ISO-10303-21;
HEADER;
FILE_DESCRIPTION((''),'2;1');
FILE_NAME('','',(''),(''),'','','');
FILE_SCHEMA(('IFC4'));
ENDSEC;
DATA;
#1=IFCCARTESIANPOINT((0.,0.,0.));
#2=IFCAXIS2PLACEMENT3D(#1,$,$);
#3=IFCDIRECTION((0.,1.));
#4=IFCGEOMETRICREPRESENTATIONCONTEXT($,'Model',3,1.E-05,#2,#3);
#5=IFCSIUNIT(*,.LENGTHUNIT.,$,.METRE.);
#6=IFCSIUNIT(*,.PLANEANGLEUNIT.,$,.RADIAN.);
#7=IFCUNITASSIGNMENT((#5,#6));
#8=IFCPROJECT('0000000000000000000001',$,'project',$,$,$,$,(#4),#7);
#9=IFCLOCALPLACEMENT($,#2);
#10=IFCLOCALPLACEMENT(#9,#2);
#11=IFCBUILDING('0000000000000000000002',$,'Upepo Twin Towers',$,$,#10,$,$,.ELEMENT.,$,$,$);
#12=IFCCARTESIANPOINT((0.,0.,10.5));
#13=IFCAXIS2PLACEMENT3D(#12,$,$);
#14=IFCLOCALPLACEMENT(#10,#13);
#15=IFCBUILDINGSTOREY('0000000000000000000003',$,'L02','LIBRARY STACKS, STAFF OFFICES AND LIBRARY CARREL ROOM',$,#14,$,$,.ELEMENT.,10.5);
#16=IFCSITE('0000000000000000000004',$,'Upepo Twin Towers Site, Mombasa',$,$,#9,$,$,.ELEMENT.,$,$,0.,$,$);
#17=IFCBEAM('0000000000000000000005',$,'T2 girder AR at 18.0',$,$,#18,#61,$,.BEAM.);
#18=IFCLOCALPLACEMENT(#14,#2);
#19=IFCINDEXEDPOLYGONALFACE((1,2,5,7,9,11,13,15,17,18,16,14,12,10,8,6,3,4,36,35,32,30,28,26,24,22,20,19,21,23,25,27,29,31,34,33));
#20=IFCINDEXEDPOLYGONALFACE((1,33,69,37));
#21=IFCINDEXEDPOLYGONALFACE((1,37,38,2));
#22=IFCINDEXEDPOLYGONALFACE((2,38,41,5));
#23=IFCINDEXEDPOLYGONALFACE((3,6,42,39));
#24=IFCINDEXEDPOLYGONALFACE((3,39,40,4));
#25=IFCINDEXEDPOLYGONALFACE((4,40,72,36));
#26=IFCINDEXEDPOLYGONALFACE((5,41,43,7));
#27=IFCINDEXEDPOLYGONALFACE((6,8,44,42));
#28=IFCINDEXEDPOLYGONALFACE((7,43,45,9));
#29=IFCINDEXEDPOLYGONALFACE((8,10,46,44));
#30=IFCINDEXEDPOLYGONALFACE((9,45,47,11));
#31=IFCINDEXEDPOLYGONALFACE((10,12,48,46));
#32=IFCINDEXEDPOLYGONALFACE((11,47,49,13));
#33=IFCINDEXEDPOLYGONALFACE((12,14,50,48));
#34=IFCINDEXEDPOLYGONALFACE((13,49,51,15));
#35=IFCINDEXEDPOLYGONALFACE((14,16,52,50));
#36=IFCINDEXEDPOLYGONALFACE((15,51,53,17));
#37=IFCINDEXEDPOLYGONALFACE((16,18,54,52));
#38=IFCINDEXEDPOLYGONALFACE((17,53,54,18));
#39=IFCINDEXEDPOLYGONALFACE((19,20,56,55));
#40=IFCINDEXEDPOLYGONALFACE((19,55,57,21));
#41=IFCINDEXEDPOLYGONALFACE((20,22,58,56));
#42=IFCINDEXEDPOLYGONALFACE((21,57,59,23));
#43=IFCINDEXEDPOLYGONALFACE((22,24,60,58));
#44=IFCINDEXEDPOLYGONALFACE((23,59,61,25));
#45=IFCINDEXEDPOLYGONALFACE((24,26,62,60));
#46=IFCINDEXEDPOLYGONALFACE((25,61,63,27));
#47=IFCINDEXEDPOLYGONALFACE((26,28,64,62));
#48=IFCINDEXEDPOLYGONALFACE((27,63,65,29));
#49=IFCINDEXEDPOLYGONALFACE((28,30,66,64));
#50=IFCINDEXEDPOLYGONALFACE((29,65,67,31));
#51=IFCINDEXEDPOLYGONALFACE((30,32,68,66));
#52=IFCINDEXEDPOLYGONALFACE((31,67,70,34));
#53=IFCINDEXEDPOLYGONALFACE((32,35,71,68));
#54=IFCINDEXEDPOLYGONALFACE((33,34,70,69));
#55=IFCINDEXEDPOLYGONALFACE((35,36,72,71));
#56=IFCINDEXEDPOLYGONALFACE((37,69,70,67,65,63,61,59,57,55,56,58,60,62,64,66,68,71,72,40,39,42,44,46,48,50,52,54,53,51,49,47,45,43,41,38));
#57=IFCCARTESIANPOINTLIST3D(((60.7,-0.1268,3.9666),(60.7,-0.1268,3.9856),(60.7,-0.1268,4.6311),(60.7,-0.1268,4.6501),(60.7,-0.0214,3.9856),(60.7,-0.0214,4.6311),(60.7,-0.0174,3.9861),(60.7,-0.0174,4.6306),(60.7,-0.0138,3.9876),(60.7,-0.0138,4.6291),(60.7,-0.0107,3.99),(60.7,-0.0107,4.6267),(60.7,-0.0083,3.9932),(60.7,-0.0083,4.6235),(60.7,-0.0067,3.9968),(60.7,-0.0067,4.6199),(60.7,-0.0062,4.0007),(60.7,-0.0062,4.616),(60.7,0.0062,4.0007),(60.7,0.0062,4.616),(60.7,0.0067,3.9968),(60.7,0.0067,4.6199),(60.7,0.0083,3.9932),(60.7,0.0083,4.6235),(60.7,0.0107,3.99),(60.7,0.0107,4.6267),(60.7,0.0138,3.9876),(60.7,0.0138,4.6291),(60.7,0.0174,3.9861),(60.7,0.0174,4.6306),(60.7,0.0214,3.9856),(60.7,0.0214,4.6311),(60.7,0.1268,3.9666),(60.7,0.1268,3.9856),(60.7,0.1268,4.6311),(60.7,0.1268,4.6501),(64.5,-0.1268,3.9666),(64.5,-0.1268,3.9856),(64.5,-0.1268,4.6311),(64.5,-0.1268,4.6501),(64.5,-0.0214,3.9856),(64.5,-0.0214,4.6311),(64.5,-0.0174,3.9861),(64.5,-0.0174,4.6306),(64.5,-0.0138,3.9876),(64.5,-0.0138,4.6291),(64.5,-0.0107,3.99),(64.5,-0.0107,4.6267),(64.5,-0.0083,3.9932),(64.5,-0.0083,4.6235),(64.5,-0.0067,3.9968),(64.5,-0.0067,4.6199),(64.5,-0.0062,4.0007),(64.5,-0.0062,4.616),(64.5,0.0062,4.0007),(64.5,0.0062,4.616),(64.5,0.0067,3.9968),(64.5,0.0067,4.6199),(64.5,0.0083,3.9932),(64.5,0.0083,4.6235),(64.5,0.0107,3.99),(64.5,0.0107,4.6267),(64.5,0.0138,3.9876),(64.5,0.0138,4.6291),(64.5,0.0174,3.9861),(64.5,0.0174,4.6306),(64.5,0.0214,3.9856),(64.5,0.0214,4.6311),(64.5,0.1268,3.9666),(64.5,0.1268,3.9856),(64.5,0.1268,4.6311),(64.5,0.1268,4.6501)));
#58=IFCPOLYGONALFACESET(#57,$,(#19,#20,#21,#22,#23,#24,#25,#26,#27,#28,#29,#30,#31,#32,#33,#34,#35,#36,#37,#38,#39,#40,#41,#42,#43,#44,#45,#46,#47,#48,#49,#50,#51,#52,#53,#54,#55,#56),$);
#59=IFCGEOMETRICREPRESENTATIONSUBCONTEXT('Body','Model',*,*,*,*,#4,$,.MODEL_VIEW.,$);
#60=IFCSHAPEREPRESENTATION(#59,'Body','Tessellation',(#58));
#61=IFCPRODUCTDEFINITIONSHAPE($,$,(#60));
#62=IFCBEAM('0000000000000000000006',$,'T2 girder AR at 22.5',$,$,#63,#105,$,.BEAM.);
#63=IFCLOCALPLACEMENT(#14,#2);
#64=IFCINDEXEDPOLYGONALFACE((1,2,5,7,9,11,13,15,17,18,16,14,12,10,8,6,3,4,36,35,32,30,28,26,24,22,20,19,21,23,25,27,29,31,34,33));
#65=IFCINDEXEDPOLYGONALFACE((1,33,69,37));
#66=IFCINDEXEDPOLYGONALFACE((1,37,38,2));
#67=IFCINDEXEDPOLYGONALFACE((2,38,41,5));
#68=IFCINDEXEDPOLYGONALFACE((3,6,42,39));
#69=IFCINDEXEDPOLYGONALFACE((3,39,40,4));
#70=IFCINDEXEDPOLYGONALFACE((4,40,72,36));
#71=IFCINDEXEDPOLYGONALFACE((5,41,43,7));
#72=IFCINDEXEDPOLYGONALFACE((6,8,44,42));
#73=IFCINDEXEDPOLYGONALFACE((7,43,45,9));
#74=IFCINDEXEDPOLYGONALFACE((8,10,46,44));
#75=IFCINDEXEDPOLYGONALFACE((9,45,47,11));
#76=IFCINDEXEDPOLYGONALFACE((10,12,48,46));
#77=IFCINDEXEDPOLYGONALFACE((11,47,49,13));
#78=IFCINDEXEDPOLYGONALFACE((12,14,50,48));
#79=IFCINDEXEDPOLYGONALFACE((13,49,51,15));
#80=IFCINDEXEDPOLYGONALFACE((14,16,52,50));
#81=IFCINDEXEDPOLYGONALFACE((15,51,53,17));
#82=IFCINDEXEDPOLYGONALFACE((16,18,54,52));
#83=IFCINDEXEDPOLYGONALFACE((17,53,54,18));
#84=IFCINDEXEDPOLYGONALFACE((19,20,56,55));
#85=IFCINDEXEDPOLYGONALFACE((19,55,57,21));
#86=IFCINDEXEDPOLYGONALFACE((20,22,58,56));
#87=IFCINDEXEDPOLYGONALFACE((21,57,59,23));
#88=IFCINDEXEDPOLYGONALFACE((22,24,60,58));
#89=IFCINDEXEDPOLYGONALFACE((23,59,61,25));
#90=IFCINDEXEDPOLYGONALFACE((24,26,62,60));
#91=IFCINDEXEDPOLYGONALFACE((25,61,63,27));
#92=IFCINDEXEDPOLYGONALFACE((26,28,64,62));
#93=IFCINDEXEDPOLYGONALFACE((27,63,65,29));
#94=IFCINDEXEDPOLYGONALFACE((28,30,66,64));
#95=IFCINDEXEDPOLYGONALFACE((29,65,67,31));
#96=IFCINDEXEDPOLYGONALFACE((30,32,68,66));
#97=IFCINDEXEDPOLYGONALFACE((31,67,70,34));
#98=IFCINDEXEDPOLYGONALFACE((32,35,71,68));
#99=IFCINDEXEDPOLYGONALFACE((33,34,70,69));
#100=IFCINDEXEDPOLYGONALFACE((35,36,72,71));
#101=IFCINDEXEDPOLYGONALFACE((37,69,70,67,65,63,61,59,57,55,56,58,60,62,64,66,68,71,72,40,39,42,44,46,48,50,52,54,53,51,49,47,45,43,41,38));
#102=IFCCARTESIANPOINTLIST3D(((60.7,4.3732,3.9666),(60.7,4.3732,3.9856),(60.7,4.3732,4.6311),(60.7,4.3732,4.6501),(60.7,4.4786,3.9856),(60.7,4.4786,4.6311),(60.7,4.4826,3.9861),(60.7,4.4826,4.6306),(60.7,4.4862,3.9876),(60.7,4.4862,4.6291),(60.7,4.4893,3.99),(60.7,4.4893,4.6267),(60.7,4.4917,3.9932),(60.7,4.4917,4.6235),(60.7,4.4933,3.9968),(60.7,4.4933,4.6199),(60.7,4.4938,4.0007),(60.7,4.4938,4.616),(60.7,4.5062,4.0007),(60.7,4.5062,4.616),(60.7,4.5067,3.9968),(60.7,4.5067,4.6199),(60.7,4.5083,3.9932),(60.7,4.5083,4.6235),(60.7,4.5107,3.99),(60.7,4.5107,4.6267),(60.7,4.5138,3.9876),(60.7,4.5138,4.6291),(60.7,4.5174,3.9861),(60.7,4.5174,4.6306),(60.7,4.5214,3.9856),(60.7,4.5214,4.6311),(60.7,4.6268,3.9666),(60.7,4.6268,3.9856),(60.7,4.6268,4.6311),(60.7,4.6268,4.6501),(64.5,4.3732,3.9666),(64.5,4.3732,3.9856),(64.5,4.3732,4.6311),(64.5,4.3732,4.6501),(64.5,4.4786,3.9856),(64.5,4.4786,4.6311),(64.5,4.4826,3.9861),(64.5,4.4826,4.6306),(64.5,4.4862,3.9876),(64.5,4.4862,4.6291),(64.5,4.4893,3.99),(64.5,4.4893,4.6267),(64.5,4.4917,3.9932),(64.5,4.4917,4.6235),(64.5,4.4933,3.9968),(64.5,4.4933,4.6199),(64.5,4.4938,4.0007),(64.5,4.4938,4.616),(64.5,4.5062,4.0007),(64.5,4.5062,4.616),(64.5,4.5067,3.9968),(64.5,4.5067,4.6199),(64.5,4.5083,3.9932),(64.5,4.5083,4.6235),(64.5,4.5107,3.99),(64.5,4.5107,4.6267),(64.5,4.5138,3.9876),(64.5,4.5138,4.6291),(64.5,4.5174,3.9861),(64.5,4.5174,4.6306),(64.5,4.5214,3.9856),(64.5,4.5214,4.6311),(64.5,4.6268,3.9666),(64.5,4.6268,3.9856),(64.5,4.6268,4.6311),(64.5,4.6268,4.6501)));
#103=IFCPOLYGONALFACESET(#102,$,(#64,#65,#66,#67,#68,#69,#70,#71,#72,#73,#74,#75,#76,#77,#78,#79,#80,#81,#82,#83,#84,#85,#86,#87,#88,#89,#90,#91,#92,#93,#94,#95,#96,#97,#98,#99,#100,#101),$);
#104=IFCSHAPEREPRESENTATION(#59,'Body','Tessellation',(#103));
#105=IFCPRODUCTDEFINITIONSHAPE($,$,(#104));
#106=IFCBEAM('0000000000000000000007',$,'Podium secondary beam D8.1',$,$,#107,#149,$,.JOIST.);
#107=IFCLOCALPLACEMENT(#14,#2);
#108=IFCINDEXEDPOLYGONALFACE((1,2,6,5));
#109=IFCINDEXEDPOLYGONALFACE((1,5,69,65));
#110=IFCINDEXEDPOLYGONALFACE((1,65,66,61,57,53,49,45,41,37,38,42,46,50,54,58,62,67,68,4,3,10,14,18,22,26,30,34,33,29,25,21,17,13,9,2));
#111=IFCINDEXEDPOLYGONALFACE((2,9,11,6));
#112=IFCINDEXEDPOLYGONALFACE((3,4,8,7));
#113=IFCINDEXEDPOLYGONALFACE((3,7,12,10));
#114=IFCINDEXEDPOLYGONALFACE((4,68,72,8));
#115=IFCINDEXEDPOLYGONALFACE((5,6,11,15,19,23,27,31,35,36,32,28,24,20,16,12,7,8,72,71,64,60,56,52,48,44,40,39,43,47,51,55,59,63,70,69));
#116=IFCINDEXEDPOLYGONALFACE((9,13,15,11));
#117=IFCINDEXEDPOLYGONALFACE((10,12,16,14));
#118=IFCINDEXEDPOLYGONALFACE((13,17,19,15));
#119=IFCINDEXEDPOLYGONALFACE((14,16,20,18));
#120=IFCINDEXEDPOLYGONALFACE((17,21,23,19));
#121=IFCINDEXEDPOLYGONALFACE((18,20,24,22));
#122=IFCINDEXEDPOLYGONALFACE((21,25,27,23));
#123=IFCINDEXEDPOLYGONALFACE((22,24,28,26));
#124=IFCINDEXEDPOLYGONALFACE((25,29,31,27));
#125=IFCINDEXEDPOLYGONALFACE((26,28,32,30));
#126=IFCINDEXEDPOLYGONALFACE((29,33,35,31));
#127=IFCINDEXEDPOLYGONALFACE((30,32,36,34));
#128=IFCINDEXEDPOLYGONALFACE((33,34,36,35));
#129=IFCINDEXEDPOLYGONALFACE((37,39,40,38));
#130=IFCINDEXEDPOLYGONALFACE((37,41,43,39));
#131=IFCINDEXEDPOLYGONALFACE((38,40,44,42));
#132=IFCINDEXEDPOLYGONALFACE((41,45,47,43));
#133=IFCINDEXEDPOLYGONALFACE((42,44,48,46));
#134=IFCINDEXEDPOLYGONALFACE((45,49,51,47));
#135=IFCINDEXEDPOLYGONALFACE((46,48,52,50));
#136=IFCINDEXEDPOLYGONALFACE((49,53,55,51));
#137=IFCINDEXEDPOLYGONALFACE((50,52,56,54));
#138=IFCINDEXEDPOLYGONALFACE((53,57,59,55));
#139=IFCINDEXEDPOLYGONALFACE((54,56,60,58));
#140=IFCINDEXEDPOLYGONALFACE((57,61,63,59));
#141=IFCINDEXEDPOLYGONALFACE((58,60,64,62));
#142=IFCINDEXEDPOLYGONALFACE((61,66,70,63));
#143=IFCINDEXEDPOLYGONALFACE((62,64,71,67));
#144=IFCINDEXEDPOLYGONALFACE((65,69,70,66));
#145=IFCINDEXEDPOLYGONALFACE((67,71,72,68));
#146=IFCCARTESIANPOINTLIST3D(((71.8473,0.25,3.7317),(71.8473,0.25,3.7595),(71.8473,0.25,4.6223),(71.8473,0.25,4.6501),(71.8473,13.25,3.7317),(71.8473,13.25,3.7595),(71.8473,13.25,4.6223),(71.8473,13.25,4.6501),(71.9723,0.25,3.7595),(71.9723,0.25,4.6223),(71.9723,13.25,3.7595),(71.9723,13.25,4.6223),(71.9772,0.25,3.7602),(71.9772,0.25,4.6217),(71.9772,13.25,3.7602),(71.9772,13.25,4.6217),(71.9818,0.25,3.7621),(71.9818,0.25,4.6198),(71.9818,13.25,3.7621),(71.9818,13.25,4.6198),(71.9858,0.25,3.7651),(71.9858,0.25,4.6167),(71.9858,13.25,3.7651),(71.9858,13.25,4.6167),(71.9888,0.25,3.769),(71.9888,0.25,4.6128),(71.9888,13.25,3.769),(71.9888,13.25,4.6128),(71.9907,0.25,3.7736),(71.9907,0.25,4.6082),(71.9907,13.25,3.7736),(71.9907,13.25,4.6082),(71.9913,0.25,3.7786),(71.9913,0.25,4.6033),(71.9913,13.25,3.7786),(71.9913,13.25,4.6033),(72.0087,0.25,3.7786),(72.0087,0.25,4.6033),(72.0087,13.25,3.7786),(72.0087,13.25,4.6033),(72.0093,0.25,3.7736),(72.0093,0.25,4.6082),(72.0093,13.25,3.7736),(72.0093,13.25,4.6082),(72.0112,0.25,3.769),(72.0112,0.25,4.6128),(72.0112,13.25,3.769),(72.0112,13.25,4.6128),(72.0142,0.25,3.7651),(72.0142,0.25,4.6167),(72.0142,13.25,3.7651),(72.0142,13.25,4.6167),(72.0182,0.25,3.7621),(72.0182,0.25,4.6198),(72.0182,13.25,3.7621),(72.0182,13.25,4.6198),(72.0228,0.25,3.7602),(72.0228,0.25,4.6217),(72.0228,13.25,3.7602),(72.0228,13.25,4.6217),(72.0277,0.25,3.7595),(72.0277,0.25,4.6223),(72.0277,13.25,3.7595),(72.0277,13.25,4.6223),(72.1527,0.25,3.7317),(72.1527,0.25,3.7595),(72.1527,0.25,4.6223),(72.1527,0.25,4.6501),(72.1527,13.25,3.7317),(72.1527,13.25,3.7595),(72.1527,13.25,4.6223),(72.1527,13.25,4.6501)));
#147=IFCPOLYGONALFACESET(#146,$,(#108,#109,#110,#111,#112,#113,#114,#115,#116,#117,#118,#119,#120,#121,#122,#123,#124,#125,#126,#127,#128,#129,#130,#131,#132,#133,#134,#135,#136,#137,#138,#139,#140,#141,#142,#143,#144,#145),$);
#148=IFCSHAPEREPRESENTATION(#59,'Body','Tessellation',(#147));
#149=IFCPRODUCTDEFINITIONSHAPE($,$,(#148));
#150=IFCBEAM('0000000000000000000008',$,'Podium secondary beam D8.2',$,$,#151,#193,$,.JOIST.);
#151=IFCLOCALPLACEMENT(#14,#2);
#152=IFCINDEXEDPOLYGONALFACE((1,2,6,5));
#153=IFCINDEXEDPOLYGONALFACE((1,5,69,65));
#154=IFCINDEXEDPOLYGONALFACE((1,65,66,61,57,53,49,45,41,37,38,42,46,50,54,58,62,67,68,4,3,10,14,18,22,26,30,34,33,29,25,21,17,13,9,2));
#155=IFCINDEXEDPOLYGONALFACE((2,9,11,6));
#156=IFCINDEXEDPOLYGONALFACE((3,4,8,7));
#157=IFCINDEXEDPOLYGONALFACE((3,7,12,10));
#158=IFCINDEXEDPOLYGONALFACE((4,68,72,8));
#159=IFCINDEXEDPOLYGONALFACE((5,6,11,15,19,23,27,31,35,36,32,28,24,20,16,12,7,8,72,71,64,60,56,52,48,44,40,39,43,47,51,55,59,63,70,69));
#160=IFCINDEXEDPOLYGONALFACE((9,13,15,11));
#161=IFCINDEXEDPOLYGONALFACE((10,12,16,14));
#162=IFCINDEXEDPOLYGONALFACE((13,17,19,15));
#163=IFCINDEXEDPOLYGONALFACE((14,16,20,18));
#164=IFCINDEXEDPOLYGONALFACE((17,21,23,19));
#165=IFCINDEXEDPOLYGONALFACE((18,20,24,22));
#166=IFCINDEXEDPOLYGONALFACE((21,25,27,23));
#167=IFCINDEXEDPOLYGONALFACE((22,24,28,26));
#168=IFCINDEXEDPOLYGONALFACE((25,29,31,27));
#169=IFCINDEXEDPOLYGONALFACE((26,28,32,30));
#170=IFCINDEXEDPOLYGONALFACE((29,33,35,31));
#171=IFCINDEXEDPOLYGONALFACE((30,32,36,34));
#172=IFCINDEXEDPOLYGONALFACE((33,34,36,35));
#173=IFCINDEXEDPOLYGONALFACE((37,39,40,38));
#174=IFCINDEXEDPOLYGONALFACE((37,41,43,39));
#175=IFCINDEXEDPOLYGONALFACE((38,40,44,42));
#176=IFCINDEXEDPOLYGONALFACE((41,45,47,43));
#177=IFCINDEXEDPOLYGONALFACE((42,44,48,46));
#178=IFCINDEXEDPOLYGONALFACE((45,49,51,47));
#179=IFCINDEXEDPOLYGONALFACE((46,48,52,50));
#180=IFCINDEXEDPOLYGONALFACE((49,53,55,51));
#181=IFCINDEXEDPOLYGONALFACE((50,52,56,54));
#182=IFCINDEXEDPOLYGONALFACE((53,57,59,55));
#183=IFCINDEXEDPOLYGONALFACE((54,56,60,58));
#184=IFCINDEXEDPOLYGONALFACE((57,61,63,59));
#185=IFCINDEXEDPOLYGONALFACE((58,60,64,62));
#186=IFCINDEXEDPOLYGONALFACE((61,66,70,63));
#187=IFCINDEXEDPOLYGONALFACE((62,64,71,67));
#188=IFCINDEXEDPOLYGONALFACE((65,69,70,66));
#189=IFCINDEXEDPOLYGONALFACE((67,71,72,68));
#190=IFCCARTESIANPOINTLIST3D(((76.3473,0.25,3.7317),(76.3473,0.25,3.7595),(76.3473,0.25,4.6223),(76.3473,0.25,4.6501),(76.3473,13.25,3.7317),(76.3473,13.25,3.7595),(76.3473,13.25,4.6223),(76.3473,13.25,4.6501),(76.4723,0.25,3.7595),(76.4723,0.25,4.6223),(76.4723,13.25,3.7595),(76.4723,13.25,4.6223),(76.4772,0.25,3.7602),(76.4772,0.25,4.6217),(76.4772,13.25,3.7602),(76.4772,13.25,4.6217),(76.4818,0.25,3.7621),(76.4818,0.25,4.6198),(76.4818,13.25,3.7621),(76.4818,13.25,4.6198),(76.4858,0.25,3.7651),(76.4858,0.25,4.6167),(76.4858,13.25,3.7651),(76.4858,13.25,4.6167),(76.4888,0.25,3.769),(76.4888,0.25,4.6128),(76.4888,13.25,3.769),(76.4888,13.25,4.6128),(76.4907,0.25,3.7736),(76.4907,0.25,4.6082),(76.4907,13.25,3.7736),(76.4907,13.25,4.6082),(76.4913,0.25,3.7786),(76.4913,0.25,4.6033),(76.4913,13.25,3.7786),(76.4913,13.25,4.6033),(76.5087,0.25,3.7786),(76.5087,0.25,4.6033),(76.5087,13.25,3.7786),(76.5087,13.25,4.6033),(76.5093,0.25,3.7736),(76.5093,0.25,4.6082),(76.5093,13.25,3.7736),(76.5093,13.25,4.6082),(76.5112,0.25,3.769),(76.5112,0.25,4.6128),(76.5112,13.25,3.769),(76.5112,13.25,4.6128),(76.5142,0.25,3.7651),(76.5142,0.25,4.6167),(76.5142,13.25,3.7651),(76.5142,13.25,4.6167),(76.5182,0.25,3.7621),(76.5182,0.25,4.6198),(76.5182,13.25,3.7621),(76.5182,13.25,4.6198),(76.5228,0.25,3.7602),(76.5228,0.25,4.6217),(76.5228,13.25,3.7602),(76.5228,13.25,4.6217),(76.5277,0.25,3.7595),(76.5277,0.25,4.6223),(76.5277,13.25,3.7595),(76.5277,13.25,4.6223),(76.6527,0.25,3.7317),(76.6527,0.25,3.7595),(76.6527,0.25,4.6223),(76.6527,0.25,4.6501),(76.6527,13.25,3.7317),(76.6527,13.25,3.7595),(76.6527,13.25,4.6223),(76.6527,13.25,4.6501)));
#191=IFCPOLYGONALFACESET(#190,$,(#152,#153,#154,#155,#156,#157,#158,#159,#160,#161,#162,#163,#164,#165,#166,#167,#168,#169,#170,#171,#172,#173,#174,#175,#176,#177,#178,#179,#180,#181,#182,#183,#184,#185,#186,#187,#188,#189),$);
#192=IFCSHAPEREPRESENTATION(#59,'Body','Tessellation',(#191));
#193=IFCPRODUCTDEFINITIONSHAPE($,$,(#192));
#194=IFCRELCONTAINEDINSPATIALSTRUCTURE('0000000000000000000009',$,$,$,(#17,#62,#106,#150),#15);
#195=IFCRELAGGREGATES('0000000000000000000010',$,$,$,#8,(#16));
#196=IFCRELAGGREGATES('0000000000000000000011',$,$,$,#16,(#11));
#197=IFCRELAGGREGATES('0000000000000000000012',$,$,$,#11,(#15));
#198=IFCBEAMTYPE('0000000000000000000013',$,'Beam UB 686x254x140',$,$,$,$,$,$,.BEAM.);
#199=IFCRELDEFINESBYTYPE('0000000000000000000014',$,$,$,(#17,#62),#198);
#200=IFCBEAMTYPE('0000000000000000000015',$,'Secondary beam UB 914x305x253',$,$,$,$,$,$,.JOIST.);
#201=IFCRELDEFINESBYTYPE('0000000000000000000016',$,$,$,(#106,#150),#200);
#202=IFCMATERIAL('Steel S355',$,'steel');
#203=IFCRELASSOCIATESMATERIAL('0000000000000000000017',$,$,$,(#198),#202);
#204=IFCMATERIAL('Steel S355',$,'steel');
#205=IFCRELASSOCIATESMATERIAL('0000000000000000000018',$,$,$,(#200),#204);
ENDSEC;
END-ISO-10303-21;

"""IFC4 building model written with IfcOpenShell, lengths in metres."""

from ifc_helpers import new_model, si_unit, direction, frame, origin, origin_2d, place, context, subcontext, project, spatial, i_section, extrude, material, material_profile, profile_set, type_object, element, save


model = new_model("IFC4")

# Units and contexts
model_context = context("Model", 3, precision=1e-05, world=origin(), true_north=direction((0.0, 1.0)))
body_context = subcontext(model_context, "Body", "Model", "MODEL_VIEW")
ifc_project = project(units=[si_unit("LENGTHUNIT", "METRE"), si_unit("PLANEANGLEUNIT", "RADIAN")], contexts=[model_context])

# Site, building, storey
site_placement = place(None, origin())
site = spatial("IfcSite", under=ifc_project, at=site_placement, Name="Upepo Twin Towers Site, Mombasa", CompositionType="ELEMENT", RefElevation=0.0)
building_placement = place(site_placement, origin())
building = spatial("IfcBuilding", under=site, at=building_placement, Name="Upepo Twin Towers", CompositionType="ELEMENT")
storey_placement = place(building_placement, frame((0.0, 0.0, 10.5)))
storey = spatial("IfcBuildingStorey", under=building, at=storey_placement, Name="L02", Description="LIBRARY STACKS, STAFF OFFICES AND LIBRARY CARREL ROOM", CompositionType="ELEMENT", Elevation=10.5)

# Beams
ifc_material_1 = material(Name="Steel S355", Category="steel")
ifc_material_profile_1 = material_profile(ifc_material_1, i_section(OverallWidth=0.2537, OverallDepth=0.6836, WebThickness=0.0125, FlangeThickness=0.019, FilletRadius=0.0151, at=origin_2d()), Name="UB 686x254x140")
ifc_profile_set_1 = profile_set([ifc_material_profile_1], Name="Steel S355")
beam_type_1 = type_object("IfcBeamType", Name="Beam UB 686x254x140", PredefinedType="BEAM", material=ifc_profile_set_1)
for number, where, z_axis, x_axis, name in (
    (1, (64.5, 0.0, 4.3083), (-1.0, 0.0, 0.0), (0.0, -1.0, 0.0), "T2 girder AR at 18.0"),
    (2, (64.5, 4.5, 4.3083), (-1.0, 0.0, 0.0), (0.0, -1.0, 0.0), "T2 girder AR at 22.5"),
):
    element("IfcBeam", number, at=place(storey_placement, frame(where, z_axis=z_axis, x_axis=x_axis)), inside=storey, type_object=beam_type_1, Name=name, PredefinedType="BEAM", context=body_context, shape_type="SweptSolid", body=[
        extrude(i_section(OverallWidth=0.2537, OverallDepth=0.6836, WebThickness=0.0125, FlangeThickness=0.019, FilletRadius=0.0151, at=origin_2d()), origin(), (0.0, 0.0, 1.0), 3.8),
    ])
ifc_material_2 = material(Name="Steel S355", Category="steel")
ifc_material_profile_2 = material_profile(ifc_material_2, i_section(OverallWidth=0.3054, OverallDepth=0.9185, WebThickness=0.0173, FlangeThickness=0.0278, FilletRadius=0.019, at=origin_2d()), Name="UB 914x305x253")
ifc_profile_set_2 = profile_set([ifc_material_profile_2], Name="Steel S355")
beam_type_2 = type_object("IfcBeamType", Name="Secondary beam UB 914x305x253", PredefinedType="JOIST", material=ifc_profile_set_2)
for number, where, z_axis, x_axis, name in (
    (3, (72.0, 0.25, 4.1909), (0.0, 1.0, 0.0), (-1.0, 0.0, 0.0), "Podium secondary beam D8.1"),
    (4, (76.5, 0.25, 4.1909), (0.0, 1.0, 0.0), (-1.0, 0.0, 0.0), "Podium secondary beam D8.2"),
):
    element("IfcBeam", number, at=place(storey_placement, frame(where, z_axis=z_axis, x_axis=x_axis)), inside=storey, type_object=beam_type_2, Name=name, PredefinedType="JOIST", context=body_context, shape_type="SweptSolid", body=[
        extrude(i_section(OverallWidth=0.3054, OverallDepth=0.9185, WebThickness=0.0173, FlangeThickness=0.0278, FilletRadius=0.019, at=origin_2d()), origin(), (0.0, 0.0, 1.0), 13.0),
    ])

save(model, "model.ifc")
